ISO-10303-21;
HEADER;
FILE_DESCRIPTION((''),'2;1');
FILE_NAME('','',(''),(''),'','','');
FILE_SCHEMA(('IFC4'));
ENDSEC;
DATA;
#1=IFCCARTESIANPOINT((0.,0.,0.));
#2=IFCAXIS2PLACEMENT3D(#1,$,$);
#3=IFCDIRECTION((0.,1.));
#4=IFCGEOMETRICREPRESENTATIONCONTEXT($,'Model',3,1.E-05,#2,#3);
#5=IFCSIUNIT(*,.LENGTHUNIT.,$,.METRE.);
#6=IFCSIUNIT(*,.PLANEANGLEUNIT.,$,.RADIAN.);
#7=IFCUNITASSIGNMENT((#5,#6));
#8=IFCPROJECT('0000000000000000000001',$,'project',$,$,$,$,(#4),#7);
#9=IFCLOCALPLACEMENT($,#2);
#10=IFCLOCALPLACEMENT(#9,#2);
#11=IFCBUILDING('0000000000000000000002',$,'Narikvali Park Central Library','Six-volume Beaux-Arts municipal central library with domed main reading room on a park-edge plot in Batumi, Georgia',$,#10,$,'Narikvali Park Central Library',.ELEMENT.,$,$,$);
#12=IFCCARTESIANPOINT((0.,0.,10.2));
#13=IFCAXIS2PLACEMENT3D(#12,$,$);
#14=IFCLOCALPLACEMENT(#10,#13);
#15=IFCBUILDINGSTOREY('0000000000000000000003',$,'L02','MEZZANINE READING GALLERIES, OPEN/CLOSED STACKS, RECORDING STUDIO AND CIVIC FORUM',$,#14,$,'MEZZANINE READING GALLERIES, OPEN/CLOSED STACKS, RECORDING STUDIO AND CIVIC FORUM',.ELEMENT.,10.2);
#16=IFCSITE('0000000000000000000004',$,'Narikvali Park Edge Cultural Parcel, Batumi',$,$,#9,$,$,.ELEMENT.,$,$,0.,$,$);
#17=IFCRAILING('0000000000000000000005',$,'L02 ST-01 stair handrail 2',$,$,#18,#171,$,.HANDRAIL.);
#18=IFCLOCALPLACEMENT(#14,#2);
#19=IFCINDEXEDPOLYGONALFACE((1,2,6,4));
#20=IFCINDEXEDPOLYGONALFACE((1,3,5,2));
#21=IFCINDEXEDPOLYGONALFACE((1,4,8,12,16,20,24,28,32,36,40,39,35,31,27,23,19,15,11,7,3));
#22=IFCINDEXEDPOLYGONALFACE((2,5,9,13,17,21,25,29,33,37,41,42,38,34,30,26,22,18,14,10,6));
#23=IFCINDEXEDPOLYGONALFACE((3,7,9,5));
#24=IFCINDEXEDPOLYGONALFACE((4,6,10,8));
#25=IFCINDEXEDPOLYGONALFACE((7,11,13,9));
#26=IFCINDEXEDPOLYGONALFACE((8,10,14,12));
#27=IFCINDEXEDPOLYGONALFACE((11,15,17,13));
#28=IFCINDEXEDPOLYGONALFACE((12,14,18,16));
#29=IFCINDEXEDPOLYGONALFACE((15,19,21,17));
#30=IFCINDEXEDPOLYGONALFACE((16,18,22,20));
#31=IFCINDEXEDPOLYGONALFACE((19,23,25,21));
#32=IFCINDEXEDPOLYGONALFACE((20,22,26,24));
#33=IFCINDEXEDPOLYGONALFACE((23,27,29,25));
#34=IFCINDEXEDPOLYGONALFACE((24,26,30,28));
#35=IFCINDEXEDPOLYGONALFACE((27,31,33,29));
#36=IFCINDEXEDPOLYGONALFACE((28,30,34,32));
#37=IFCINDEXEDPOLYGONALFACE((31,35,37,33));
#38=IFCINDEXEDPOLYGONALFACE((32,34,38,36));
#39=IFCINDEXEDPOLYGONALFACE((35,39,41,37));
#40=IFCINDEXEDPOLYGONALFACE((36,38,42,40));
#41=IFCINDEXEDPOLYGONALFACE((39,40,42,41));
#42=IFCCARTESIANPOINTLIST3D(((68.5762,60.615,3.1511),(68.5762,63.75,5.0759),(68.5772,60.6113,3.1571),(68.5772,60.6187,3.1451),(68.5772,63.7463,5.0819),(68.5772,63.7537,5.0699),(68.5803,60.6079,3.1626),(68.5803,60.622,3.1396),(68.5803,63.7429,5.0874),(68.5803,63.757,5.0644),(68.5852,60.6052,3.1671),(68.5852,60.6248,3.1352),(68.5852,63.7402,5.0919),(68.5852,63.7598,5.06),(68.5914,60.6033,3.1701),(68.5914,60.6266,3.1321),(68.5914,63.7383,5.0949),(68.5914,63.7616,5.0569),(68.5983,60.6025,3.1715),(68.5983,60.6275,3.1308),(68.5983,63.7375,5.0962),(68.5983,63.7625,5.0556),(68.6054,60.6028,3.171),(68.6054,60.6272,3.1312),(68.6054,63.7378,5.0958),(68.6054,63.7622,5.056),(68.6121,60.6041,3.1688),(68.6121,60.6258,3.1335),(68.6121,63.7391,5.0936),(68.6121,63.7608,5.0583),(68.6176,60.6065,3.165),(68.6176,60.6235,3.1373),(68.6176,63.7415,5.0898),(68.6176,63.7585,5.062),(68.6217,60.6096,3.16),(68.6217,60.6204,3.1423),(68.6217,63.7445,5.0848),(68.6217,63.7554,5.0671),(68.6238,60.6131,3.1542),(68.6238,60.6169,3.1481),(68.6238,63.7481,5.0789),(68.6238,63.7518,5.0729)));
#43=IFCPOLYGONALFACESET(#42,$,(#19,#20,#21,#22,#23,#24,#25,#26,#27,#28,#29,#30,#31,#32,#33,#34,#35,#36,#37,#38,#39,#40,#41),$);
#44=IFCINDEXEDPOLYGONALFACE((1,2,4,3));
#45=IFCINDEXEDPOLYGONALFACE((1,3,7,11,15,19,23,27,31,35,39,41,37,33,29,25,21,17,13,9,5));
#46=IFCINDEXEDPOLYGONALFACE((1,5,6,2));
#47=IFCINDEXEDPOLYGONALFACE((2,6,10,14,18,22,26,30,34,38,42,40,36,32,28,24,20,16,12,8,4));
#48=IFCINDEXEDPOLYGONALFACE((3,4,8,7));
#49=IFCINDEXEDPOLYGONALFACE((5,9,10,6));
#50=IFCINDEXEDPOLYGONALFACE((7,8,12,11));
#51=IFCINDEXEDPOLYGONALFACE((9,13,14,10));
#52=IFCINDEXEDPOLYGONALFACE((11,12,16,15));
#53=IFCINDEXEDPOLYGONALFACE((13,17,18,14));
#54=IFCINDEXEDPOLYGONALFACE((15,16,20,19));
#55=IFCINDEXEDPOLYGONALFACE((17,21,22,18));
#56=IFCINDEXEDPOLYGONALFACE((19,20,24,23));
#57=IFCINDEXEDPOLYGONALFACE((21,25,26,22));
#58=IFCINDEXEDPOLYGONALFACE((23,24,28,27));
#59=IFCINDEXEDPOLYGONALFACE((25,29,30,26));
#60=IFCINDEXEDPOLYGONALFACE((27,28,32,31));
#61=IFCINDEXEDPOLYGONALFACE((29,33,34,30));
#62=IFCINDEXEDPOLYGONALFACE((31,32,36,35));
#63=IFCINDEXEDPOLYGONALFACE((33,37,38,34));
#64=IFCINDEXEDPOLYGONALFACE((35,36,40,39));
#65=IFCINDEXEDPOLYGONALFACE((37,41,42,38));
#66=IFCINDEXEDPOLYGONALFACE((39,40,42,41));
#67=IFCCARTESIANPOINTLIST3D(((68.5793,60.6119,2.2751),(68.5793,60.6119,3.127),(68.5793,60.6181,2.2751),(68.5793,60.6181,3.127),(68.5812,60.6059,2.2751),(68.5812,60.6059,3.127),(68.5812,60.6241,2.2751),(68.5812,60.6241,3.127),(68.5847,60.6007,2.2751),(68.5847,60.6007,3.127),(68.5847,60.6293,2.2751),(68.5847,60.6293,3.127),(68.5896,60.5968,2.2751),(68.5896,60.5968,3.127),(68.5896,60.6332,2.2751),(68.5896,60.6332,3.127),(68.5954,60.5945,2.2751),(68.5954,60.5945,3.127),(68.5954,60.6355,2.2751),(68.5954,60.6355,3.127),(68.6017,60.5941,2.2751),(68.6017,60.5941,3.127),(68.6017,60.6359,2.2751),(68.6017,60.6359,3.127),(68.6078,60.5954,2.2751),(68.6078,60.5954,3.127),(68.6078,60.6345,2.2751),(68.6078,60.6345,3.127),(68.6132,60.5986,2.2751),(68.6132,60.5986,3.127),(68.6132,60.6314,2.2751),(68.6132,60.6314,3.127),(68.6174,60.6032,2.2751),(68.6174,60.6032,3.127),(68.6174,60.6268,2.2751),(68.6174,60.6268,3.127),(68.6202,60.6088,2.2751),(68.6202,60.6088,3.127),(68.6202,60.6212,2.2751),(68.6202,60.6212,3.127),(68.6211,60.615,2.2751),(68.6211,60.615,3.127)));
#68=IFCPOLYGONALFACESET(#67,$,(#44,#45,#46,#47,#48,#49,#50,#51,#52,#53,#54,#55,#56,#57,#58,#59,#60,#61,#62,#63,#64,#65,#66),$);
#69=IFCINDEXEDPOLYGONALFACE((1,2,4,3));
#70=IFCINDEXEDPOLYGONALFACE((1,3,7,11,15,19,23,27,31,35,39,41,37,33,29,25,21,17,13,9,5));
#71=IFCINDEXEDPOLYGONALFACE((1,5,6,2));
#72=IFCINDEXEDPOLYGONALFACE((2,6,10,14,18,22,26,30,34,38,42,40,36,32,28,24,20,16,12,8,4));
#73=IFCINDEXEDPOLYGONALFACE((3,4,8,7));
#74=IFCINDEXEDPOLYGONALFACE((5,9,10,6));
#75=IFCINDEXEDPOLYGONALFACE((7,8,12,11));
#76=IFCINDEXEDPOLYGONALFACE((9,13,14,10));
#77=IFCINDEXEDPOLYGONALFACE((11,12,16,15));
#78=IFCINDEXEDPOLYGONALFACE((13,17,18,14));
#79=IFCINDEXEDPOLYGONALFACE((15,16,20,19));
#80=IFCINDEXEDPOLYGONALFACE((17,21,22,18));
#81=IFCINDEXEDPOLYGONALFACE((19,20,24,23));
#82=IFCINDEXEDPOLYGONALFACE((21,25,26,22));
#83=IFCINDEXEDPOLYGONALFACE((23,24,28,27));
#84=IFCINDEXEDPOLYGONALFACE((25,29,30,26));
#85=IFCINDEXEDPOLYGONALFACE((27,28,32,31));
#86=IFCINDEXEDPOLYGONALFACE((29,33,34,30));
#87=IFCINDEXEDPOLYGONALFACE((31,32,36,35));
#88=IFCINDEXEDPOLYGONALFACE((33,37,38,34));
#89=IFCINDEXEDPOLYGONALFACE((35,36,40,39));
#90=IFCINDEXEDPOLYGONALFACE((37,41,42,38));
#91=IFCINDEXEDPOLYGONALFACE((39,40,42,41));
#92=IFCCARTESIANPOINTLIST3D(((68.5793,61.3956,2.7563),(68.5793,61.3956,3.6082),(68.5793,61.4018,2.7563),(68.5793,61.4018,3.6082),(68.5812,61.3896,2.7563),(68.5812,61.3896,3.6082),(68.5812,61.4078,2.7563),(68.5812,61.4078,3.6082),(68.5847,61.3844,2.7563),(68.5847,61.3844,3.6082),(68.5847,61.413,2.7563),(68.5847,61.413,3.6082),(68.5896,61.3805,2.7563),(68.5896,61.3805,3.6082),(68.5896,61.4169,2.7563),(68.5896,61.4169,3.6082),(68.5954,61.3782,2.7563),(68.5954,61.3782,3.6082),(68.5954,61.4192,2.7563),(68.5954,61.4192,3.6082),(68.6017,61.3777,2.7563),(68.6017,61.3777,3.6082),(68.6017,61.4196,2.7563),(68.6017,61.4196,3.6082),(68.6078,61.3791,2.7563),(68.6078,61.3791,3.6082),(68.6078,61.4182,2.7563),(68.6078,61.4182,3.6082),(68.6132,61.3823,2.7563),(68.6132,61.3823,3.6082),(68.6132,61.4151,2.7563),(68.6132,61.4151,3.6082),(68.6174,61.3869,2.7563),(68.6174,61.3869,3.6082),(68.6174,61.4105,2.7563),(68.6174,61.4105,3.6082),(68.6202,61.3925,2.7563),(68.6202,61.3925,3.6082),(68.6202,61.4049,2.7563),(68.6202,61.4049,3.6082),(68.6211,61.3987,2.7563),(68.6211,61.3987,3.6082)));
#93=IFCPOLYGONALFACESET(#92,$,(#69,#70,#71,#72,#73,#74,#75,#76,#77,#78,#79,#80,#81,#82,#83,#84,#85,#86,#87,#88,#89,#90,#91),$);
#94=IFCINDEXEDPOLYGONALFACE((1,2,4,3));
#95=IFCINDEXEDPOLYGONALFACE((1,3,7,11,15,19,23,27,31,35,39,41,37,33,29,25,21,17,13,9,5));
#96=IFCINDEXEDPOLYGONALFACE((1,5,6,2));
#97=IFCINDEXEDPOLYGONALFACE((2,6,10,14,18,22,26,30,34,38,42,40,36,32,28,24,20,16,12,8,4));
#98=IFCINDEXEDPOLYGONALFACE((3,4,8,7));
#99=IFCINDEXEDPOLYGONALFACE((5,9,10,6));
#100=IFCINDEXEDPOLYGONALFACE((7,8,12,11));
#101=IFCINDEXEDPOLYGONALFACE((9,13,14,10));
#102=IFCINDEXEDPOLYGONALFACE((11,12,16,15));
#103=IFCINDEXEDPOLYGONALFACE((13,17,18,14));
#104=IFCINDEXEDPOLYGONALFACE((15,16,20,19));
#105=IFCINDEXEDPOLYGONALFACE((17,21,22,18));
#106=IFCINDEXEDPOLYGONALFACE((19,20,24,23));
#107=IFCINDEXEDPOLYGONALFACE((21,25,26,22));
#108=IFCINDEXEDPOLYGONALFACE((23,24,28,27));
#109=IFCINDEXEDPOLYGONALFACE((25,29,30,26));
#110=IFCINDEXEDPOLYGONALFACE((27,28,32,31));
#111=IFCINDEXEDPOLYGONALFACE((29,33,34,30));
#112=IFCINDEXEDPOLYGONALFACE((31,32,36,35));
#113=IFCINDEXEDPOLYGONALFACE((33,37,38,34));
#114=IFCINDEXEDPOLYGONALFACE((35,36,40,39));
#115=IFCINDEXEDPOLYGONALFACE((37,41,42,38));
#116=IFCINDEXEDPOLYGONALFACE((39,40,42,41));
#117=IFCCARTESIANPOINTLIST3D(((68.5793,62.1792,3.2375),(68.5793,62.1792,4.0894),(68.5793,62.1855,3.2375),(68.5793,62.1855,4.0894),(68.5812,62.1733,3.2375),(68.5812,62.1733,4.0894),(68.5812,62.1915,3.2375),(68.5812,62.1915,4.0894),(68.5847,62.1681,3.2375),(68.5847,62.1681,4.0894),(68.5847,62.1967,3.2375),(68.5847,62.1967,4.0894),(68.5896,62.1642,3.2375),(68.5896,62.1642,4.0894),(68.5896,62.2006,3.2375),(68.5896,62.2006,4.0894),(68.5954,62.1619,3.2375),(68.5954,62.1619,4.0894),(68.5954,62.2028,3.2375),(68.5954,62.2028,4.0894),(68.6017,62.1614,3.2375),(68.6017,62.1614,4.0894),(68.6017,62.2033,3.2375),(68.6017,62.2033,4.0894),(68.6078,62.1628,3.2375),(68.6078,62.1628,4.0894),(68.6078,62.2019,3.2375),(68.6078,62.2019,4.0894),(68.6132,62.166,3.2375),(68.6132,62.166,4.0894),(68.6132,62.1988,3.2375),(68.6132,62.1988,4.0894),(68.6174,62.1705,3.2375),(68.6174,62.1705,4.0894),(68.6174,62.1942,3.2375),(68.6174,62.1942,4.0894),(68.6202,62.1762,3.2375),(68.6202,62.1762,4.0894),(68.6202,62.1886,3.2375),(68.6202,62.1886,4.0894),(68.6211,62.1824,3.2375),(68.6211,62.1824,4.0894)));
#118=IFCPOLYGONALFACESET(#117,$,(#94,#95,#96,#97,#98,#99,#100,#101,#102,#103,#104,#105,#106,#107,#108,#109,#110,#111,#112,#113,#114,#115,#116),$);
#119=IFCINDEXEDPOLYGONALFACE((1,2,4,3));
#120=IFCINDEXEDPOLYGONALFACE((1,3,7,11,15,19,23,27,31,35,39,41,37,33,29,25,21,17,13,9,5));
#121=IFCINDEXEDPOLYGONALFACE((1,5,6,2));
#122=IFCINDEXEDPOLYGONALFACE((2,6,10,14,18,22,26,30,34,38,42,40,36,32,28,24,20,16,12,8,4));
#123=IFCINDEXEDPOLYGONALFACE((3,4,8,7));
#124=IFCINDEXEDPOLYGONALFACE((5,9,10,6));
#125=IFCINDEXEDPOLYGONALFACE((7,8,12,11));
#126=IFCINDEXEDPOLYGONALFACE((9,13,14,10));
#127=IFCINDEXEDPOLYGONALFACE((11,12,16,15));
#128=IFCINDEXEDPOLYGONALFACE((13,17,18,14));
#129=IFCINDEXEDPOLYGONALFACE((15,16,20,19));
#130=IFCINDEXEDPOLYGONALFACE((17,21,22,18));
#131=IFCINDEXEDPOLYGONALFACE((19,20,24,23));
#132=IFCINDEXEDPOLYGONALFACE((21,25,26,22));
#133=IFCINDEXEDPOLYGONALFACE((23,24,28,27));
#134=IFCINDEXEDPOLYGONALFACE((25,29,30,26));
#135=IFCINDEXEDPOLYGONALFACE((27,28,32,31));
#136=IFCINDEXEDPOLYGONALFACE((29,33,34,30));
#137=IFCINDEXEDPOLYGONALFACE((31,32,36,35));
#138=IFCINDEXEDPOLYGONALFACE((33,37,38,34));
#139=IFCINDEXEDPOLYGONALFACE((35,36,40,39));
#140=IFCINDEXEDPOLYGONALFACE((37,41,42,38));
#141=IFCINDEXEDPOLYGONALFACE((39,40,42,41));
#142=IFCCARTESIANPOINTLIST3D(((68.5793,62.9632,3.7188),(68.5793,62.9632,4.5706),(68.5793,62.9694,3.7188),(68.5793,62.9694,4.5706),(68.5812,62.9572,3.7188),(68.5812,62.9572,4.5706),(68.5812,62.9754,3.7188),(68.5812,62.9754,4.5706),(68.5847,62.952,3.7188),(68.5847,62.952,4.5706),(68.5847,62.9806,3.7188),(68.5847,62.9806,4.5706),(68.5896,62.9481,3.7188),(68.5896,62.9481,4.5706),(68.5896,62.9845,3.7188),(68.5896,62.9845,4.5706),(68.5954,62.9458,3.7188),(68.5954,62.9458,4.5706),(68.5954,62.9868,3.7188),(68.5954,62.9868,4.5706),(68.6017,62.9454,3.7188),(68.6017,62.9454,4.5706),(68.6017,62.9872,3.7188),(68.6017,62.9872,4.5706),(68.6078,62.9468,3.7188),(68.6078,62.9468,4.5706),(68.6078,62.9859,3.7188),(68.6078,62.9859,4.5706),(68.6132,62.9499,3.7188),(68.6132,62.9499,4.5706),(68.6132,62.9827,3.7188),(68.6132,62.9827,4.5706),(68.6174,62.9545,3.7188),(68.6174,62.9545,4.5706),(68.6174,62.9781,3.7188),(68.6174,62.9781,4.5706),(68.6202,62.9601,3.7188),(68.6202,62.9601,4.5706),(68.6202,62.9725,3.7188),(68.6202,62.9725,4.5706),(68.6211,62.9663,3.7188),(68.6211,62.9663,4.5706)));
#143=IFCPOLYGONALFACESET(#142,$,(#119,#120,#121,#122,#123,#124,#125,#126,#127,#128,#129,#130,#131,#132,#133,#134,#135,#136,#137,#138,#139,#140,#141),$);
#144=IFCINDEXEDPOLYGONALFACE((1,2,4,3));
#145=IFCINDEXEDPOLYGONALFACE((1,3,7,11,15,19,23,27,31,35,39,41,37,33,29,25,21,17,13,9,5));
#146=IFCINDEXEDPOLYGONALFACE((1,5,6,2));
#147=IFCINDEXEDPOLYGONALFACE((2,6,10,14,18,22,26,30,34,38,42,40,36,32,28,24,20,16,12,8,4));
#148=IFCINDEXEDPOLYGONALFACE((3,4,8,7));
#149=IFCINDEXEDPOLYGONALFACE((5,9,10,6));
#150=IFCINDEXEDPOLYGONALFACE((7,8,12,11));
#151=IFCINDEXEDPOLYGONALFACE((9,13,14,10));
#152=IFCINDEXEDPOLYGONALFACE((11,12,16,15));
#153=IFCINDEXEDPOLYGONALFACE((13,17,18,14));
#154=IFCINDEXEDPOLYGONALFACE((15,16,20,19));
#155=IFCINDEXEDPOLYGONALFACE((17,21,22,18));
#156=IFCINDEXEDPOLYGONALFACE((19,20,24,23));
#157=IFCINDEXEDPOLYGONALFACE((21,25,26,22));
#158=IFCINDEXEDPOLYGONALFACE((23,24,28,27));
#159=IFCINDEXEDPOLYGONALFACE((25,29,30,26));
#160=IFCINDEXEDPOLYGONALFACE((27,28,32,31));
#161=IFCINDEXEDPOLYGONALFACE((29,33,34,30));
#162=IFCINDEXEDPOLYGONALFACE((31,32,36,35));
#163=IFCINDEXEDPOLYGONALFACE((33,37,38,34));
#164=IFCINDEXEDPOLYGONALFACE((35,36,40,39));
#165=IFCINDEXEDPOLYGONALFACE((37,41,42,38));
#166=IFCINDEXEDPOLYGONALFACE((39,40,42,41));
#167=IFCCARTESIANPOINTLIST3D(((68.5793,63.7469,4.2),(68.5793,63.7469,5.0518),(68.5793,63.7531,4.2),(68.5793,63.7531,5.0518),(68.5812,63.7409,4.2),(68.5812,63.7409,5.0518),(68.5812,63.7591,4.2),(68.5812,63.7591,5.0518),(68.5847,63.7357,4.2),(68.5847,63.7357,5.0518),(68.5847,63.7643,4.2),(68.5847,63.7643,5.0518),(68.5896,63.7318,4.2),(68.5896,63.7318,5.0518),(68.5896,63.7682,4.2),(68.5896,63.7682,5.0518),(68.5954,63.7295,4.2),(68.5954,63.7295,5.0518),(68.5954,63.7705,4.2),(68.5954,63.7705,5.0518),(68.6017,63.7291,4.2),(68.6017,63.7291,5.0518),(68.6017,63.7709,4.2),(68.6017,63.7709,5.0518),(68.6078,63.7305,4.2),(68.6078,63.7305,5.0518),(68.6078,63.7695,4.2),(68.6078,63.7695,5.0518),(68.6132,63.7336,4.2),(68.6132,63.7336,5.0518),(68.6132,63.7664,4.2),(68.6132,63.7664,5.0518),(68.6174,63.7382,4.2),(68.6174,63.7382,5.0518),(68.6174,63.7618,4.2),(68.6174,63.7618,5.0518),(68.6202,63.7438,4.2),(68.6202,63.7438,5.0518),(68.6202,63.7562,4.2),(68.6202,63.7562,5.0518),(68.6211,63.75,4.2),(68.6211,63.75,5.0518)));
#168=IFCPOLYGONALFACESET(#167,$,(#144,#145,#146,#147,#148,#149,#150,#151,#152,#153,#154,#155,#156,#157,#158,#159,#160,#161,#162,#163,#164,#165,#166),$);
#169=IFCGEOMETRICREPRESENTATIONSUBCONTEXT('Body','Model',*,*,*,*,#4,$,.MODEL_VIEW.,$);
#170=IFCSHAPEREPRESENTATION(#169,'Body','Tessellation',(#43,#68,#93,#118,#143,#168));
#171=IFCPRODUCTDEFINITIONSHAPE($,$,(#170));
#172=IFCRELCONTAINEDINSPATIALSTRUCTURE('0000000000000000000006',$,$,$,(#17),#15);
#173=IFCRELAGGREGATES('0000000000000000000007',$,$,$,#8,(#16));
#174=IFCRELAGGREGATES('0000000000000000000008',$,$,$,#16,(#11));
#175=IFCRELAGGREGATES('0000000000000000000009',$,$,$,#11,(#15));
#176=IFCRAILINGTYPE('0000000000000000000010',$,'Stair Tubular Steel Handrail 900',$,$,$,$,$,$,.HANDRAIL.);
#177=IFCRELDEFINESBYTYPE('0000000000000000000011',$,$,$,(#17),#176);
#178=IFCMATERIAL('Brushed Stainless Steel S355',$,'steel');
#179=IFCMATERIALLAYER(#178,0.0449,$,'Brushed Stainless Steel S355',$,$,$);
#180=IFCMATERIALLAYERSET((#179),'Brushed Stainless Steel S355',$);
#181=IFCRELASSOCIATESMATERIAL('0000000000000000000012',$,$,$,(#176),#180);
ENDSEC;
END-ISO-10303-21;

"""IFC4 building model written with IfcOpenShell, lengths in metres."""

from ifc_helpers import new_model, si_unit, direction, frame, origin, origin_2d, place, context, subcontext, project, spatial, circle, extrude, material, layer, layer_set, type_object, element, save


model = new_model("IFC4")

# Units and contexts
model_context = context("Model", 3, precision=1e-05, world=origin(), true_north=direction((0.0, 1.0)))
body_context = subcontext(model_context, "Body", "Model", "MODEL_VIEW")
ifc_project = project(units=[si_unit("LENGTHUNIT", "METRE"), si_unit("PLANEANGLEUNIT", "RADIAN")], contexts=[model_context])

# Site, building, storey
site_placement = place(None, origin())
site = spatial("IfcSite", under=ifc_project, at=site_placement, Name="Narikvali Park Edge Cultural Parcel, Batumi", CompositionType="ELEMENT", RefElevation=0.0)
building_placement = place(site_placement, origin())
building = spatial("IfcBuilding", under=site, at=building_placement, Name="Narikvali Park Central Library", Description="Six-volume Beaux-Arts municipal central library with domed main reading room on a park-edge plot in Batumi, Georgia", LongName="Narikvali Park Central Library", CompositionType="ELEMENT")
storey_placement = place(building_placement, frame((0.0, 0.0, 10.2)))
storey = spatial("IfcBuildingStorey", under=building, at=storey_placement, Name="L02", Description="MEZZANINE READING GALLERIES, OPEN/CLOSED STACKS, RECORDING STUDIO AND CIVIC FORUM", LongName="MEZZANINE READING GALLERIES, OPEN/CLOSED STACKS, RECORDING STUDIO AND CIVIC FORUM", CompositionType="ELEMENT", Elevation=10.2)

# Shared definitions
ifc_material_1 = material(Name="Brushed Stainless Steel S355", Category="steel")

# Railing
ifc_layer_1 = layer(ifc_material_1, 0.0449, Name="Brushed Stainless Steel S355")
ifc_layer_set_1 = layer_set([ifc_layer_1], Name="Brushed Stainless Steel S355")
railing_type_1 = type_object("IfcRailingType", Name="Stair Tubular Steel Handrail 900", PredefinedType="HANDRAIL", material=ifc_layer_set_1)
railing_1_placement = place(storey_placement, frame((68.6001, 60.615, 2.2751)))
element("IfcRailing", 1, at=railing_1_placement, inside=storey, type_object=railing_type_1, Name="L02 ST-01 stair handrail 2", PredefinedType="HANDRAIL", context=body_context, shape_type="SweptSolid", body=[
    extrude(circle(Radius=0.0239, at=origin_2d()), frame((0.0, 0.0, 0.876), z_axis=(0.0, 0.852196, 0.523223), x_axis=(-1.0, 0.0, 0.0)), (0.0, 0.0, 1.0), 3.6787),
    extrude(circle(Radius=0.021, at=origin_2d()), origin(), (0.0, 0.0, 1.0), 0.8518),
    extrude(circle(Radius=0.021, at=origin_2d()), frame((0.0, 0.7837, 0.4812)), (0.0, 0.0, 1.0), 0.8518),
    extrude(circle(Radius=0.021, at=origin_2d()), frame((0.0, 1.5674, 0.9624)), (0.0, 0.0, 1.0), 0.8518),
    extrude(circle(Radius=0.021, at=origin_2d()), frame((0.0, 2.3513, 1.4436)), (0.0, 0.0, 1.0), 0.8518),
    extrude(circle(Radius=0.021, at=origin_2d()), frame((0.0, 3.135, 1.9248)), (0.0, 0.0, 1.0), 0.8518),
])

save(model, "model.ifc")
